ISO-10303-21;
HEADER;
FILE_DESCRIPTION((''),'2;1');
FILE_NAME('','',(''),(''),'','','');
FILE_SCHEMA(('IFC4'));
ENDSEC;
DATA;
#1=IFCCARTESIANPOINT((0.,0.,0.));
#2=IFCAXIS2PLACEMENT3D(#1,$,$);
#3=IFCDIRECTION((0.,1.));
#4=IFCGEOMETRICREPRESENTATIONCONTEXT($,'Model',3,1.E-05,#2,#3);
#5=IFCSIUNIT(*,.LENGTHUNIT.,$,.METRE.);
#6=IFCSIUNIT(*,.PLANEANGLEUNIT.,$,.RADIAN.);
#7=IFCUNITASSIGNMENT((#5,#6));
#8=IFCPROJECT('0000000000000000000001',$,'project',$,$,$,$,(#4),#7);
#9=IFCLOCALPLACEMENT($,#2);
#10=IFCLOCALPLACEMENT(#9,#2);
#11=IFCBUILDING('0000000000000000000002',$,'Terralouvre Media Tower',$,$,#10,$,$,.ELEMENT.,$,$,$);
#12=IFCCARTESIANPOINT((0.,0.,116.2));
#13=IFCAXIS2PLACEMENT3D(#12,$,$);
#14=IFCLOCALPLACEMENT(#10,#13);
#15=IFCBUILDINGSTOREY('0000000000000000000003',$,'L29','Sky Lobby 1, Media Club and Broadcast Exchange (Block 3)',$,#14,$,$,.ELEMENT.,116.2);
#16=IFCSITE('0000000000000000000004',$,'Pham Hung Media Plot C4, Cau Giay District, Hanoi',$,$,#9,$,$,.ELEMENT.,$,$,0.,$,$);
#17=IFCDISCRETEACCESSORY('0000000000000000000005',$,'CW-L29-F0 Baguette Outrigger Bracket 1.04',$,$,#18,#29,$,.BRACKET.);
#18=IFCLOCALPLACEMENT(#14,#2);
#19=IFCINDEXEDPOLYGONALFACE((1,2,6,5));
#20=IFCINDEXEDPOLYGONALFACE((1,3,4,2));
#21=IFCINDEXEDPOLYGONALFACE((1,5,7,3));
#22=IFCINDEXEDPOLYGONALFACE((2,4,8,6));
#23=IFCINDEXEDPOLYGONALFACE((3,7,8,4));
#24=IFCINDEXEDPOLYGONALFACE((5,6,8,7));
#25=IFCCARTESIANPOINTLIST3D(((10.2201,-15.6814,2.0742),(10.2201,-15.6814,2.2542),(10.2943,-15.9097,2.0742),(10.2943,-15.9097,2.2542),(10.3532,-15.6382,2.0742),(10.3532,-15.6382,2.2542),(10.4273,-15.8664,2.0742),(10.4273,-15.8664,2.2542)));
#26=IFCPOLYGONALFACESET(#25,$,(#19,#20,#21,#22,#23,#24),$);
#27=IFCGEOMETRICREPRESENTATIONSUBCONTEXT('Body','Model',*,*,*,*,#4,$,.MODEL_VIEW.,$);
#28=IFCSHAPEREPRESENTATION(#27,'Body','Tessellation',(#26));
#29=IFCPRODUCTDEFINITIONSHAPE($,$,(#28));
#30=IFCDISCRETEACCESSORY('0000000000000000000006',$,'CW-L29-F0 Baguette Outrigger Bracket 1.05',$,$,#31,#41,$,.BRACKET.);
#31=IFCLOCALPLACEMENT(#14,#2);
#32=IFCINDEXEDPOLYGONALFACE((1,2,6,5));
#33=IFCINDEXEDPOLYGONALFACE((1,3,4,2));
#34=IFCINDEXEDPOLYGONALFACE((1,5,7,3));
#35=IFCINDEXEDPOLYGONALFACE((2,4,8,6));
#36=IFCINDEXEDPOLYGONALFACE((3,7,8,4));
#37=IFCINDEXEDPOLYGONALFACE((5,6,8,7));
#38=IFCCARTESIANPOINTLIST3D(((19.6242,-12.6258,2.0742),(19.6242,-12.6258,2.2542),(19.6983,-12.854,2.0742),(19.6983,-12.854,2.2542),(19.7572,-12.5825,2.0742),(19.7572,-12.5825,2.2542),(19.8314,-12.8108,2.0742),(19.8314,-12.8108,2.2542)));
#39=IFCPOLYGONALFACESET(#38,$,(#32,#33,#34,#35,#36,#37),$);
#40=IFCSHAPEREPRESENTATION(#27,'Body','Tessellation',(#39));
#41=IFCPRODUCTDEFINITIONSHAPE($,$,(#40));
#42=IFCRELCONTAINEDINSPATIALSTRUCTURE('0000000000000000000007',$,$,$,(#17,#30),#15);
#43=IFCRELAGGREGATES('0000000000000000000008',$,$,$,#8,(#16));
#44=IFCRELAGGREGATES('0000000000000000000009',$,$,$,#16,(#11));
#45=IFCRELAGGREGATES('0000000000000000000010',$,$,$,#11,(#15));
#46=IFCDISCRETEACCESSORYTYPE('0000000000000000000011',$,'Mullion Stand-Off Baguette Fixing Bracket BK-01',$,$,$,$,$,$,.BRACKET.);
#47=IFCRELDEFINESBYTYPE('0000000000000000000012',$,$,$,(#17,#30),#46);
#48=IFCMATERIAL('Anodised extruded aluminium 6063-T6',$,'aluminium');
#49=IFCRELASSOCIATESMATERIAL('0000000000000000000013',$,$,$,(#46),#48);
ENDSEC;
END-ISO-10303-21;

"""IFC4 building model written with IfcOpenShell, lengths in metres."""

from ifc_helpers import new_model, si_unit, direction, frame, origin, origin_2d, place, context, subcontext, project, spatial, rectangle, extrude, material, type_object, element, save


model = new_model("IFC4")

# Units and contexts
model_context = context("Model", 3, precision=1e-05, world=origin(), true_north=direction((0.0, 1.0)))
body_context = subcontext(model_context, "Body", "Model", "MODEL_VIEW")
ifc_project = project(units=[si_unit("LENGTHUNIT", "METRE"), si_unit("PLANEANGLEUNIT", "RADIAN")], contexts=[model_context])

# Site, building, storey
site_placement = place(None, origin())
site = spatial("IfcSite", under=ifc_project, at=site_placement, Name="Pham Hung Media Plot C4, Cau Giay District, Hanoi", CompositionType="ELEMENT", RefElevation=0.0)
building_placement = place(site_placement, origin())
building = spatial("IfcBuilding", under=site, at=building_placement, Name="Terralouvre Media Tower", CompositionType="ELEMENT")
storey_placement = place(building_placement, frame((0.0, 0.0, 116.2)))
storey = spatial("IfcBuildingStorey", under=building, at=storey_placement, Name="L29", Description="Sky Lobby 1, Media Club and Broadcast Exchange (Block 3)", CompositionType="ELEMENT", Elevation=116.2)

# Discrete accessories
ifc_material_1 = material(Name="Anodised extruded aluminium 6063-T6", Category="aluminium")
discrete_accessory_type = type_object("IfcDiscreteAccessoryType", Name="Mullion Stand-Off Baguette Fixing Bracket BK-01", PredefinedType="BRACKET", material=ifc_material_1)
for number, where, z_axis, x_axis, name in (
    (1, (10.3237, -15.7739, 2.0742), (0.0, 0.0, 1.0), (0.951057, 0.309017, 0.0), "CW-L29-F0 Baguette Outrigger Bracket 1.04"),
    (2, (19.7278, -12.7183, 2.0742), (0.0, 0.0, 1.0), (0.951057, 0.309017, 0.0), "CW-L29-F0 Baguette Outrigger Bracket 1.05"),
):
    element("IfcDiscreteAccessory", number, at=place(storey_placement, frame(where, z_axis=z_axis, x_axis=x_axis)), inside=storey, type_object=discrete_accessory_type, Name=name, PredefinedType="BRACKET", context=body_context, shape_type="SweptSolid", body=[
        extrude(rectangle(XDim=0.1399, YDim=0.24, at=origin_2d()), origin(), (0.0, 0.0, 1.0), 0.1799),
    ])

save(model, "model.ifc")
